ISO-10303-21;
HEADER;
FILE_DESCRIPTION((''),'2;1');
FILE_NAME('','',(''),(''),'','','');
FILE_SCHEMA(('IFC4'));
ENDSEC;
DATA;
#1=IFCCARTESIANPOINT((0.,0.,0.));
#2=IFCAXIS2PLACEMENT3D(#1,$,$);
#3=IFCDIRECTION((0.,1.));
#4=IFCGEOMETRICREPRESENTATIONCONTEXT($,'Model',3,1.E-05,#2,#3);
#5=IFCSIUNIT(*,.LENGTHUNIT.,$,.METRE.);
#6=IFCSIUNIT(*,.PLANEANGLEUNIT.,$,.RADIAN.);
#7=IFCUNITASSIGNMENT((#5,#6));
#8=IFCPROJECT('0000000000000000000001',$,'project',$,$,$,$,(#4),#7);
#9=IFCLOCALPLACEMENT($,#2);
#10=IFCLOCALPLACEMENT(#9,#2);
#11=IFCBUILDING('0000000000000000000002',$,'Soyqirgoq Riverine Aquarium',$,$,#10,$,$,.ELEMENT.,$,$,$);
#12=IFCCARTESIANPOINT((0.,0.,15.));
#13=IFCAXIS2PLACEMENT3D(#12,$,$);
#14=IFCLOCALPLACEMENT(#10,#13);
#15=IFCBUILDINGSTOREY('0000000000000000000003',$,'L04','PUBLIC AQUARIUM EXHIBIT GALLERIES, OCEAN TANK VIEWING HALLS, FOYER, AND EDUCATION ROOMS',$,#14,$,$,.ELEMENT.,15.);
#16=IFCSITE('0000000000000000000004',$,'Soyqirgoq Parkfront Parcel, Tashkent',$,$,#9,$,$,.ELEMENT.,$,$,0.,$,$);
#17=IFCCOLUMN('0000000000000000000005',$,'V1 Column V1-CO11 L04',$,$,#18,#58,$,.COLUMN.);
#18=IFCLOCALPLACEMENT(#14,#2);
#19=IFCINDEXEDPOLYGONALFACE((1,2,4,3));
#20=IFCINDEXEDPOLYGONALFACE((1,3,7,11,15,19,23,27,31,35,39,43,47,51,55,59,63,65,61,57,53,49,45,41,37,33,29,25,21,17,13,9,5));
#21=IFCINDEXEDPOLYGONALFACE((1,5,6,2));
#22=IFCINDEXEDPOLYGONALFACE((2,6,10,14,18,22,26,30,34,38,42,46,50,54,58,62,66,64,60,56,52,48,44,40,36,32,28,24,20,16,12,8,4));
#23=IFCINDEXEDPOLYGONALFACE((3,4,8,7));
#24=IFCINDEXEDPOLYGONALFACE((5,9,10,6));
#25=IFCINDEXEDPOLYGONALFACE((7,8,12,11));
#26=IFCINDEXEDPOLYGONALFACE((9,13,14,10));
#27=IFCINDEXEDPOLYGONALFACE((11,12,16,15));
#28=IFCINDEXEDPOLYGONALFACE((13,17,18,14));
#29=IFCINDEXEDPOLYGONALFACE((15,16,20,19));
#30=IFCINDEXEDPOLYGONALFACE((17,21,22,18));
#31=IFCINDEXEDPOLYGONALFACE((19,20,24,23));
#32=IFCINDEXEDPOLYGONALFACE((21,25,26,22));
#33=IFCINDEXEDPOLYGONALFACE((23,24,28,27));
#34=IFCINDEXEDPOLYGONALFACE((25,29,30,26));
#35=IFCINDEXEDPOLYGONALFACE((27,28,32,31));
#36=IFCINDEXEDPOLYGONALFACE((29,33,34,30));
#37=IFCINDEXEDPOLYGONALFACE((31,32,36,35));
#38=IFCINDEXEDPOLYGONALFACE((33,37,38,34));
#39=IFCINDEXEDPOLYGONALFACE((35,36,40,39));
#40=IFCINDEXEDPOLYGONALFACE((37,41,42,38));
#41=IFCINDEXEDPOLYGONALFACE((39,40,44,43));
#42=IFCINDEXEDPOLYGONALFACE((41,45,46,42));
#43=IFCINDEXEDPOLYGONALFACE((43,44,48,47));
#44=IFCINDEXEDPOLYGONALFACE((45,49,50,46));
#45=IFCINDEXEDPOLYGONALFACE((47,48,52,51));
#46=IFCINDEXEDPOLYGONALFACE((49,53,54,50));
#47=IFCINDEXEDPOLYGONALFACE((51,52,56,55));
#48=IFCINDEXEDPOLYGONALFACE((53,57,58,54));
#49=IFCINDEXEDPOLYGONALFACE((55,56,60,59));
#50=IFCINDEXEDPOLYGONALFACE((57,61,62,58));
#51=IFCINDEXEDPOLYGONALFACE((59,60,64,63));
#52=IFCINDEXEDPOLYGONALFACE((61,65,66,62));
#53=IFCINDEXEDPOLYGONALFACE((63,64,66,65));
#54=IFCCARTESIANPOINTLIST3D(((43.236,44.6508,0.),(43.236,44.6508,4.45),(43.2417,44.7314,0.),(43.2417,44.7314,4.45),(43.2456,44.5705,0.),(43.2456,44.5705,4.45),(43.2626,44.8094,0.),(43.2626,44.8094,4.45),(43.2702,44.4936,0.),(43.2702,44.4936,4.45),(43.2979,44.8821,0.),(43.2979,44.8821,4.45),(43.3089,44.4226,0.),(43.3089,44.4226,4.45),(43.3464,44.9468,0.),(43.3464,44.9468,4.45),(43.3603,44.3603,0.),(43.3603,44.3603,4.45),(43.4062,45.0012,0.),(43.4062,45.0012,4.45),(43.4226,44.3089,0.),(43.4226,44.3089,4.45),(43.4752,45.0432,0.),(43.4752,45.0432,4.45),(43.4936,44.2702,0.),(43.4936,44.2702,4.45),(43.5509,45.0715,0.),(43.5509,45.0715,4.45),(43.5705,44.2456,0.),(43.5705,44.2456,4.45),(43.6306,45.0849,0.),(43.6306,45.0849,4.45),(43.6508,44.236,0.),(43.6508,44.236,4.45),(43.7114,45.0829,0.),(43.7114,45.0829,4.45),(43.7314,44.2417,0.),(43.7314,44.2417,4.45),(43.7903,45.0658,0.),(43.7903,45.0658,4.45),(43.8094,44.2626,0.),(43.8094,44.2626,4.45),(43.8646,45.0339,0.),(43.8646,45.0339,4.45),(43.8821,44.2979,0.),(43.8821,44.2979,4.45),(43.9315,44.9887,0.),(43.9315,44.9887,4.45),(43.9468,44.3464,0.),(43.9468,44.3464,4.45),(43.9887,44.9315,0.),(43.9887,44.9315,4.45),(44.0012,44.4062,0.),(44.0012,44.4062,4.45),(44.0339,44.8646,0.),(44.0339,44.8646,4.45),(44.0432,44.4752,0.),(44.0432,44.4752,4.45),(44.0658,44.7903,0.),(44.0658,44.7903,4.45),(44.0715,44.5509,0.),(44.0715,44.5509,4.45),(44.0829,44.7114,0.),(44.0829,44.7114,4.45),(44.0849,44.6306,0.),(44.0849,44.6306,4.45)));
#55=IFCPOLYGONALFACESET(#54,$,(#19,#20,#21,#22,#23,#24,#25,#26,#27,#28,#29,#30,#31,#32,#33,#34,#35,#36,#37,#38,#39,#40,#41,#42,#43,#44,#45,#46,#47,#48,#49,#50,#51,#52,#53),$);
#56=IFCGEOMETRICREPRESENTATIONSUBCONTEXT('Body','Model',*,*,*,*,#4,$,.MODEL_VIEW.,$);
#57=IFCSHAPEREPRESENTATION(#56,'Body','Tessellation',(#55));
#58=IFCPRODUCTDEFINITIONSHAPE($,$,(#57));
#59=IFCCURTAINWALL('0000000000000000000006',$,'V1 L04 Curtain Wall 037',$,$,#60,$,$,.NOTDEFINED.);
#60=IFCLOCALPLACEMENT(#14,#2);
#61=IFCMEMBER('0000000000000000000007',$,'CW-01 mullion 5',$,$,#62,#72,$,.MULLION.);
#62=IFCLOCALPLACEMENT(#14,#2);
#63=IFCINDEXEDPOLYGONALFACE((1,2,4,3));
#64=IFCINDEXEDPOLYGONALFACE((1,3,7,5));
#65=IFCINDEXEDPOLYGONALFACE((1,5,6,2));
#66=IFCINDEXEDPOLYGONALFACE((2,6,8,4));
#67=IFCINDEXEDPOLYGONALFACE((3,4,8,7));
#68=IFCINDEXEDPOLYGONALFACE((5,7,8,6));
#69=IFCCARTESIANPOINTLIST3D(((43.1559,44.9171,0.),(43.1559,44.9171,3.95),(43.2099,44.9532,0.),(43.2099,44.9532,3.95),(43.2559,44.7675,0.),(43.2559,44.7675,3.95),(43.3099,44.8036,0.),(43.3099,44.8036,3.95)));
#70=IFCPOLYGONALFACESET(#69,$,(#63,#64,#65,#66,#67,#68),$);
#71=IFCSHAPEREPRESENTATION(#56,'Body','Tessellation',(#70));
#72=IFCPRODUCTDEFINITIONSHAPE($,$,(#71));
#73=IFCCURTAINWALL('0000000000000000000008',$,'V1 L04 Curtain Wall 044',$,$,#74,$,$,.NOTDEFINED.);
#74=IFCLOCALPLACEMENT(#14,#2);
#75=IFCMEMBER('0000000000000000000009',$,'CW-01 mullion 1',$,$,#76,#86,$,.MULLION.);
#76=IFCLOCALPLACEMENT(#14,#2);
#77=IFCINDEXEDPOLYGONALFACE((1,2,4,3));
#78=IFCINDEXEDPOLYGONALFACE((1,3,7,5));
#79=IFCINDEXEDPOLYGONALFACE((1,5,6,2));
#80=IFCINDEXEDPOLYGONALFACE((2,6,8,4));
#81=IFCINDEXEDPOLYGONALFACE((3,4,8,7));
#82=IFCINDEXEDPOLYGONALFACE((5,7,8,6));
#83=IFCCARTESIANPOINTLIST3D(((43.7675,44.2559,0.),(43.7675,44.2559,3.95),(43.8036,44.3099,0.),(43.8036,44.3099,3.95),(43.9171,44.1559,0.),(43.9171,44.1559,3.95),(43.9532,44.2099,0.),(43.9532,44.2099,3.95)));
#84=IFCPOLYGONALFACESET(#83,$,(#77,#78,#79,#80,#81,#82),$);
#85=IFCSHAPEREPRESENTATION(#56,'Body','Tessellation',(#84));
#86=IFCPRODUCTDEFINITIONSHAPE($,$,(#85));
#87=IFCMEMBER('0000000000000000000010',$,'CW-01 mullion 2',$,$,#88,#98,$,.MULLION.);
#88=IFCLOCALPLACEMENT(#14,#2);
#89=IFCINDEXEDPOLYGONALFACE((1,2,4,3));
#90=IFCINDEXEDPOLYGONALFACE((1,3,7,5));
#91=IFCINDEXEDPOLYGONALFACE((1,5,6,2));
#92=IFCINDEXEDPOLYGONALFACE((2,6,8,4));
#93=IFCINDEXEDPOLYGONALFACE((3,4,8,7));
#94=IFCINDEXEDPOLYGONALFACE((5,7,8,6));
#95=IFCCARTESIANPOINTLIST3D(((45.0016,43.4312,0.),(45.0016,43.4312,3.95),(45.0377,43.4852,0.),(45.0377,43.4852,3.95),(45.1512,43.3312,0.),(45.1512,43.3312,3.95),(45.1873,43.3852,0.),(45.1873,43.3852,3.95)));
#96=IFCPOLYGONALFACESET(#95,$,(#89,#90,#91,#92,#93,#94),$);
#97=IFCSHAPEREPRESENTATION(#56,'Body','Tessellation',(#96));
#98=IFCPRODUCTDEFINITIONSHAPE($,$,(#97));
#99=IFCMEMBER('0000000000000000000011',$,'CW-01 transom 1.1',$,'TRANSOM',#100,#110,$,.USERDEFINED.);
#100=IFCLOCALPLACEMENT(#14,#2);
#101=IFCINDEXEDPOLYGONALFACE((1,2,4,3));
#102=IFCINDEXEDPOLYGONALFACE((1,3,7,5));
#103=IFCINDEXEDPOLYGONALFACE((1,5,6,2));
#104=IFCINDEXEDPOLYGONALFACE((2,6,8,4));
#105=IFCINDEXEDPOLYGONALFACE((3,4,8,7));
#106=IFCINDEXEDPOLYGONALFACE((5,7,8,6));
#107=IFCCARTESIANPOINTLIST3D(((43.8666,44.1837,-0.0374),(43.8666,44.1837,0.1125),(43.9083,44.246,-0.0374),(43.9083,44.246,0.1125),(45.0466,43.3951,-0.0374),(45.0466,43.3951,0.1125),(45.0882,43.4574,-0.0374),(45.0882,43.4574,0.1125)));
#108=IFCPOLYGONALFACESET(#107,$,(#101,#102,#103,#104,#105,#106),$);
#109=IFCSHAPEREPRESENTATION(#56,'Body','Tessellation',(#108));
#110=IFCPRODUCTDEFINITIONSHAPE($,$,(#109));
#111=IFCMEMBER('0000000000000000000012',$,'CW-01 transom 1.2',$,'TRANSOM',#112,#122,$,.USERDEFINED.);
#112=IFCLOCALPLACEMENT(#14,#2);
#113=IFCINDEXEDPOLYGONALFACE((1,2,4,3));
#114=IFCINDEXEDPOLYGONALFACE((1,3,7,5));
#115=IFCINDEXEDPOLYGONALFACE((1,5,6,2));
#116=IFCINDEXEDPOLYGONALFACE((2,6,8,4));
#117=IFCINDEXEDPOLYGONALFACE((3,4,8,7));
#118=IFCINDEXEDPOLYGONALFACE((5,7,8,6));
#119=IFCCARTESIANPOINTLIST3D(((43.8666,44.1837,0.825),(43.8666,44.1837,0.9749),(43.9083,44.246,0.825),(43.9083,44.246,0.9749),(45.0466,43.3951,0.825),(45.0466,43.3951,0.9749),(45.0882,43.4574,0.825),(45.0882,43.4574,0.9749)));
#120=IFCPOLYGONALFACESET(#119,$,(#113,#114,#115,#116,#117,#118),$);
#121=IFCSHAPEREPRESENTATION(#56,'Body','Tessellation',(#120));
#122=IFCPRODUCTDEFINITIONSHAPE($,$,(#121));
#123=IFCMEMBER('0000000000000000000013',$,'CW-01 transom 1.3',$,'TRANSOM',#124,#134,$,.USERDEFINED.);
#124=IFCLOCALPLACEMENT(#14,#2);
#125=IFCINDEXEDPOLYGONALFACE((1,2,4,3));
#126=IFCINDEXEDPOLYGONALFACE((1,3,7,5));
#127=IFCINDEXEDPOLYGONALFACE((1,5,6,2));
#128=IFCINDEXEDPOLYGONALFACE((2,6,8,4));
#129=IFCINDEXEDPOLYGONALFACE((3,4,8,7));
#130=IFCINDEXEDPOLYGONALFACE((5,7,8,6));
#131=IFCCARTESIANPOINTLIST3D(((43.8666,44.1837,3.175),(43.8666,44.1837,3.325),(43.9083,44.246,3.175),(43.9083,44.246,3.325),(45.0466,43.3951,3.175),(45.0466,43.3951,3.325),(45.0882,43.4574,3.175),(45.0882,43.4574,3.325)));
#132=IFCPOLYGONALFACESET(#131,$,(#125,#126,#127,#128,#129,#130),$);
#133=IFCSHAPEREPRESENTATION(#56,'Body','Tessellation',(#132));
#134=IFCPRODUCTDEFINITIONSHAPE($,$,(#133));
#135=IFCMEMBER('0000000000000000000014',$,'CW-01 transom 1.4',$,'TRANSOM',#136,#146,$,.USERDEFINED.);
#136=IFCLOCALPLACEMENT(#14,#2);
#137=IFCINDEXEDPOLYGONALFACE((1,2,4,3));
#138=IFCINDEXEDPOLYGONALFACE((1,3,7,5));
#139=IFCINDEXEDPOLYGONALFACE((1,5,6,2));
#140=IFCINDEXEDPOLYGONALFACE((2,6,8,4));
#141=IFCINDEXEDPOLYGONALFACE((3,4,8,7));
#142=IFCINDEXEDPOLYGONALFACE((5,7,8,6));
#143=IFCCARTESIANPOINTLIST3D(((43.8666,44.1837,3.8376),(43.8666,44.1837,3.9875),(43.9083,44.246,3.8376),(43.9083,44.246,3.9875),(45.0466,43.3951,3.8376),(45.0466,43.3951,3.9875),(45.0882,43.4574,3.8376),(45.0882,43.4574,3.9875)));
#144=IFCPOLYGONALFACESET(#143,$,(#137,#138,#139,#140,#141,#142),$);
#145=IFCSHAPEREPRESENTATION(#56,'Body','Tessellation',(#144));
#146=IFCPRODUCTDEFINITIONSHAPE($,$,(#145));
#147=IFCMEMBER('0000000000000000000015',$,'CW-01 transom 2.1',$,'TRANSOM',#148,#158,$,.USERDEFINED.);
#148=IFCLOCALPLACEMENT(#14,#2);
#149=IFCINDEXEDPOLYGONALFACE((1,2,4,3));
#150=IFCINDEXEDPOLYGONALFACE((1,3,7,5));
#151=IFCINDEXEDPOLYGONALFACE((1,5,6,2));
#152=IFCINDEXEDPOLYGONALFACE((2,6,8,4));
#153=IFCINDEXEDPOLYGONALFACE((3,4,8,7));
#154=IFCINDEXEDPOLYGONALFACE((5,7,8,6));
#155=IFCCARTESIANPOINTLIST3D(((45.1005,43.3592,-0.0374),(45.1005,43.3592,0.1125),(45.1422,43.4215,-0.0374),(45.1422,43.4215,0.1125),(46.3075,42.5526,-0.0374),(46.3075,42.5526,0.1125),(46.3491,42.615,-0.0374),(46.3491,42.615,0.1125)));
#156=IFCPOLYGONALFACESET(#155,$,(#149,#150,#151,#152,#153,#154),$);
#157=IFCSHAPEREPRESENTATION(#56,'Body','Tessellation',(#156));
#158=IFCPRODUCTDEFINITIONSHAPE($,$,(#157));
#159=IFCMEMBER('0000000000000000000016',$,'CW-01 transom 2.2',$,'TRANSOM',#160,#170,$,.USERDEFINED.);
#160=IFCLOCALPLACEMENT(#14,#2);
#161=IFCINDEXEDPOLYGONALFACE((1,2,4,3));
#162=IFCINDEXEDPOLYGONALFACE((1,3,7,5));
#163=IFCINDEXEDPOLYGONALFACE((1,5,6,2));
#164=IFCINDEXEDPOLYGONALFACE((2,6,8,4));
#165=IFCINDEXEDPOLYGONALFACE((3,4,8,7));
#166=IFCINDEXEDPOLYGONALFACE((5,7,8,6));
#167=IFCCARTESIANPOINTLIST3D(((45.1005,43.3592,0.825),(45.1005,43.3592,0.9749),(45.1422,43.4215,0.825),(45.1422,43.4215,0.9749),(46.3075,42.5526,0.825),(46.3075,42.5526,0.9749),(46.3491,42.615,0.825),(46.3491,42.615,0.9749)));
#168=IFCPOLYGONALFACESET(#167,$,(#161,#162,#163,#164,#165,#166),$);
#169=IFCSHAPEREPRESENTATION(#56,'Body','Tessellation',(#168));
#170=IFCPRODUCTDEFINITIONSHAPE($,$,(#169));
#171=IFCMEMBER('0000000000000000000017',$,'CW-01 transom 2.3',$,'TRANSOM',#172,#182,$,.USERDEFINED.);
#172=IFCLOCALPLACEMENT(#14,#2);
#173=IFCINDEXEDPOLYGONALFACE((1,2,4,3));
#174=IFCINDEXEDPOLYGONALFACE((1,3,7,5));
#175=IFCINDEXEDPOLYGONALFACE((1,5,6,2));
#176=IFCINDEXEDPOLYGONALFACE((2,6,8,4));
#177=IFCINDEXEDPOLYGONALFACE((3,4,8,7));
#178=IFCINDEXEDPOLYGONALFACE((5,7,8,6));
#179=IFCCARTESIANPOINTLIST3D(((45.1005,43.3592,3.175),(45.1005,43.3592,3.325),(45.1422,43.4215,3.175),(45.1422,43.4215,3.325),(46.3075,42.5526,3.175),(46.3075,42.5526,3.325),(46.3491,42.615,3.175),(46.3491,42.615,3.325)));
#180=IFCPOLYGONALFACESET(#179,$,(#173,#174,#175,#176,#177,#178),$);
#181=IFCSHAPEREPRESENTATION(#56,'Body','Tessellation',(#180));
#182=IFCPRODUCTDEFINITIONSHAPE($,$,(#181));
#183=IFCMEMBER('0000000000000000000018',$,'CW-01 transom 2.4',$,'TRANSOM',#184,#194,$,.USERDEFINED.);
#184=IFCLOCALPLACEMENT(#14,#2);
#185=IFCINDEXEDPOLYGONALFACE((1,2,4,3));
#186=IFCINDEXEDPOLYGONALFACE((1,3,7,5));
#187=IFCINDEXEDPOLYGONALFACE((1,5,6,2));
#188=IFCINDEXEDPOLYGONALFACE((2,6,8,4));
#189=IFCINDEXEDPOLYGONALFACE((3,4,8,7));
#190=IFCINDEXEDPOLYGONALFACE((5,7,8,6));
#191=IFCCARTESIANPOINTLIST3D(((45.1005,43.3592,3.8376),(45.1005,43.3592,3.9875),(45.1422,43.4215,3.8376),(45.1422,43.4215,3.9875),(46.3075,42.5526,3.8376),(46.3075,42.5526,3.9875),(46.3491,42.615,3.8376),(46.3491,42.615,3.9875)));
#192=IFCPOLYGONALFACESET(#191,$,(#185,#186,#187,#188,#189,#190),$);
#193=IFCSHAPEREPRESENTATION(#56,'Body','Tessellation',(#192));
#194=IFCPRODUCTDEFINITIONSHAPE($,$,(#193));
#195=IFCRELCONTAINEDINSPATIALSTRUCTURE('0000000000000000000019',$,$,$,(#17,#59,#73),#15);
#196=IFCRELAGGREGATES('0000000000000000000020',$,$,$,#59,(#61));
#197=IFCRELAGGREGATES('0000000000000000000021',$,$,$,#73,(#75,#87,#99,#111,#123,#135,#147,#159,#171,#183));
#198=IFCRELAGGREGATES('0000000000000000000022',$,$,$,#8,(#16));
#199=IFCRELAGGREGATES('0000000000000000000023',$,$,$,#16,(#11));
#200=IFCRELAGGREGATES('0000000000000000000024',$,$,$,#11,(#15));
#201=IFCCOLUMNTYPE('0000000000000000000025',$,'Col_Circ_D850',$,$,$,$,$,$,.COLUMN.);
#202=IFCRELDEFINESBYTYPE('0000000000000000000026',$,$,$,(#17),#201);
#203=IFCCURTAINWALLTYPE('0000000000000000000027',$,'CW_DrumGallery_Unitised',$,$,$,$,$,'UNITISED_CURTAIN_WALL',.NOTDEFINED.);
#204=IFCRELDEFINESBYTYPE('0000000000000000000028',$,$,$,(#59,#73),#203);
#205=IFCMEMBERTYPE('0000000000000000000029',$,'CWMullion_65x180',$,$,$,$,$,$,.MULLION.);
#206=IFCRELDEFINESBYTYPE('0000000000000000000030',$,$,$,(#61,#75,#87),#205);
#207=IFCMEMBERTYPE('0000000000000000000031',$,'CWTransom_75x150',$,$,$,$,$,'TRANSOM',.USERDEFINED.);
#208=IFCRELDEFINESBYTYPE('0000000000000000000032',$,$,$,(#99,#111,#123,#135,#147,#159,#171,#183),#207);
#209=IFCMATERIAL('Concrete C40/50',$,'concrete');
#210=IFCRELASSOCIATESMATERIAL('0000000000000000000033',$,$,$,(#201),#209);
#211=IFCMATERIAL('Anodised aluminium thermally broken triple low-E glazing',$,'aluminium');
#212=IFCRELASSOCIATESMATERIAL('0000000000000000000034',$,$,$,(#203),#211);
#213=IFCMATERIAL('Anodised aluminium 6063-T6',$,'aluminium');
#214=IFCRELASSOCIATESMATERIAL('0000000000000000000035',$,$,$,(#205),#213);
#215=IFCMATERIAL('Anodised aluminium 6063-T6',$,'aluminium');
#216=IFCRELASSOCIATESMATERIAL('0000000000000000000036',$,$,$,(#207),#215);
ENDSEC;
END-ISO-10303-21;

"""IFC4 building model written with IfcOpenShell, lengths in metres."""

from ifc_helpers import new_model, si_unit, direction, frame, origin, origin_2d, place, context, subcontext, project, spatial, rectangle, circle, extrude, material, material_profile, profile_set, type_object, element, aggregate, save


model = new_model("IFC4")

# Units and contexts
model_context = context("Model", 3, precision=1e-05, world=origin(), true_north=direction((0.0, 1.0)))
body_context = subcontext(model_context, "Body", "Model", "MODEL_VIEW")
ifc_project = project(units=[si_unit("LENGTHUNIT", "METRE"), si_unit("PLANEANGLEUNIT", "RADIAN")], contexts=[model_context])

# Site, building, storey
site_placement = place(None, origin())
site = spatial("IfcSite", under=ifc_project, at=site_placement, Name="Soyqirgoq Parkfront Parcel, Tashkent", CompositionType="ELEMENT", RefElevation=0.0)
building_placement = place(site_placement, origin())
building = spatial("IfcBuilding", under=site, at=building_placement, Name="Soyqirgoq Riverine Aquarium", CompositionType="ELEMENT")
storey_placement = place(building_placement, frame((0.0, 0.0, 15.0)))
storey = spatial("IfcBuildingStorey", under=building, at=storey_placement, Name="L04", Description="PUBLIC AQUARIUM EXHIBIT GALLERIES, OCEAN TANK VIEWING HALLS, FOYER, AND EDUCATION ROOMS", CompositionType="ELEMENT", Elevation=15.0)

# Column
ifc_material_1 = material(Name="Concrete C40/50", Category="concrete")
ifc_material_profile_1 = material_profile(ifc_material_1, circle(Radius=0.425, at=origin_2d()), Name="RC-COL D850")
ifc_profile_set_1 = profile_set([ifc_material_profile_1], Name="Concrete C40/50")
column_type = type_object("IfcColumnType", Name="Col_Circ_D850", PredefinedType="COLUMN", material=ifc_profile_set_1)
column_placement = place(storey_placement, frame((43.6609, 44.6609, 0.0), z_axis=(0.0, 0.0, 1.0), x_axis=(-0.707107, -0.707107, 0.0)))
element("IfcColumn", 1, at=column_placement, inside=storey, type_object=column_type, Name="V1 Column V1-CO11 L04", PredefinedType="COLUMN", context=body_context, shape_type="SweptSolid", body=[
    extrude(circle(Radius=0.425, at=origin_2d()), origin(), (0.0, 0.0, 1.0), 4.45),
])

# Curtain wall, member
ifc_material_2 = material(Name="Anodised aluminium thermally broken triple low-E glazing", Category="aluminium")
curtain_wall_type = type_object("IfcCurtainWallType", Name="CW_DrumGallery_Unitised", ElementType="UNITISED_CURTAIN_WALL", PredefinedType="NOTDEFINED", material=ifc_material_2)
curtain_wall_1_placement = place(storey_placement, origin())
curtain_wall_1 = element("IfcCurtainWall", 2, at=curtain_wall_1_placement, inside=storey, type_object=curtain_wall_type, Name="V1 L04 Curtain Wall 037", PredefinedType="NOTDEFINED")
ifc_material_3 = material(Name="Anodised aluminium 6063-T6", Category="aluminium")
ifc_material_profile_2 = material_profile(ifc_material_3, rectangle(XDim=0.0649, YDim=0.1799, at=origin_2d()), Name="ALU-M 65x180")
ifc_profile_set_2 = profile_set([ifc_material_profile_2], Name="Anodised aluminium 6063-T6")
member_type_1 = type_object("IfcMemberType", Name="CWMullion_65x180", PredefinedType="MULLION", material=ifc_profile_set_2)
member_1_placement = place(storey_placement, frame((43.2329, 44.8604, 0.0), z_axis=(0.0, 0.0, 1.0), x_axis=(0.831464, 0.555579, 0.0)))
member_1 = element("IfcMember", 3, at=member_1_placement, type_object=member_type_1, Name="CW-01 mullion 5", PredefinedType="MULLION", context=body_context, shape_type="SweptSolid", body=[
    extrude(rectangle(XDim=0.0649, YDim=0.1799, at=origin_2d()), origin(), (0.0, 0.0, 1.0), 3.95),
])

# Curtain wall, members
curtain_wall_2_placement = place(storey_placement, origin())
curtain_wall_2 = element("IfcCurtainWall", 4, at=curtain_wall_2_placement, inside=storey, type_object=curtain_wall_type, Name="V1 L04 Curtain Wall 044", PredefinedType="NOTDEFINED")
member_2_placement = place(storey_placement, frame((43.8604, 44.2329, 0.0), z_axis=(0.0, 0.0, 1.0), x_axis=(0.555579, 0.831464, 0.0)))
member_2 = element("IfcMember", 5, at=member_2_placement, type_object=member_type_1, Name="CW-01 mullion 1", PredefinedType="MULLION", context=body_context, shape_type="SweptSolid", body=[
    extrude(rectangle(XDim=0.0649, YDim=0.1799, at=origin_2d()), origin(), (0.0, 0.0, 1.0), 3.95),
])
member_3_placement = place(storey_placement, frame((45.0945, 43.4082, 0.0), z_axis=(0.0, 0.0, 1.0), x_axis=(0.555579, 0.831464, 0.0)))
member_3 = element("IfcMember", 6, at=member_3_placement, type_object=member_type_1, Name="CW-01 mullion 2", PredefinedType="MULLION", context=body_context, shape_type="SweptSolid", body=[
    extrude(rectangle(XDim=0.0649, YDim=0.1799, at=origin_2d()), origin(), (0.0, 0.0, 1.0), 3.95),
])
ifc_material_4 = material(Name="Anodised aluminium 6063-T6", Category="aluminium")
ifc_material_profile_3 = material_profile(ifc_material_4, rectangle(XDim=0.075, YDim=0.1499, at=origin_2d()), Name="ALU-T 75x150")
ifc_profile_set_3 = profile_set([ifc_material_profile_3], Name="Anodised aluminium 6063-T6")
member_type_2 = type_object("IfcMemberType", Name="CWTransom_75x150", ElementType="TRANSOM", PredefinedType="USERDEFINED", material=ifc_profile_set_3)
member_4_placement = place(storey_placement, frame((43.8875, 44.2148, 0.0376), z_axis=(0.831415, -0.555653, 0.0), x_axis=(0.555653, 0.831415, 0.0)))
member_4 = element("IfcMember", 7, at=member_4_placement, type_object=member_type_2, Name="CW-01 transom 1.1", ObjectType="TRANSOM", PredefinedType="USERDEFINED", context=body_context, shape_type="SweptSolid", body=[
    extrude(rectangle(XDim=0.075, YDim=0.1499, at=origin_2d()), origin(), (0.0, 0.0, 1.0), 1.4192),
])
member_5_placement = place(storey_placement, frame((43.8875, 44.2148, 0.8999), z_axis=(0.831415, -0.555653, 0.0), x_axis=(0.555653, 0.831415, 0.0)))
member_5 = element("IfcMember", 8, at=member_5_placement, type_object=member_type_2, Name="CW-01 transom 1.2", ObjectType="TRANSOM", PredefinedType="USERDEFINED", context=body_context, shape_type="SweptSolid", body=[
    extrude(rectangle(XDim=0.075, YDim=0.1499, at=origin_2d()), origin(), (0.0, 0.0, 1.0), 1.4192),
])
member_6_placement = place(storey_placement, frame((43.8875, 44.2148, 3.25), z_axis=(0.831415, -0.555653, 0.0), x_axis=(0.555653, 0.831415, 0.0)))
member_6 = element("IfcMember", 9, at=member_6_placement, type_object=member_type_2, Name="CW-01 transom 1.3", ObjectType="TRANSOM", PredefinedType="USERDEFINED", context=body_context, shape_type="SweptSolid", body=[
    extrude(rectangle(XDim=0.075, YDim=0.1499, at=origin_2d()), origin(), (0.0, 0.0, 1.0), 1.4192),
])
member_7_placement = place(storey_placement, frame((43.8875, 44.2148, 3.9126), z_axis=(0.831415, -0.555653, 0.0), x_axis=(0.555653, 0.831415, 0.0)))
member_7 = element("IfcMember", 10, at=member_7_placement, type_object=member_type_2, Name="CW-01 transom 1.4", ObjectType="TRANSOM", PredefinedType="USERDEFINED", context=body_context, shape_type="SweptSolid", body=[
    extrude(rectangle(XDim=0.075, YDim=0.1499, at=origin_2d()), origin(), (0.0, 0.0, 1.0), 1.4192),
])
member_8_placement = place(storey_placement, frame((45.1213, 43.3904, 0.0376), z_axis=(0.831429, -0.555631, 0.0), x_axis=(0.555631, 0.831429, 0.0)))
member_8 = element("IfcMember", 11, at=member_8_placement, type_object=member_type_2, Name="CW-01 transom 2.1", ObjectType="TRANSOM", PredefinedType="USERDEFINED", context=body_context, shape_type="SweptSolid", body=[
    extrude(rectangle(XDim=0.075, YDim=0.1499, at=origin_2d()), origin(), (0.0, 0.0, 1.0), 1.4517),
])
member_9_placement = place(storey_placement, frame((45.1213, 43.3904, 0.8999), z_axis=(0.831429, -0.555631, 0.0), x_axis=(0.555631, 0.831429, 0.0)))
member_9 = element("IfcMember", 12, at=member_9_placement, type_object=member_type_2, Name="CW-01 transom 2.2", ObjectType="TRANSOM", PredefinedType="USERDEFINED", context=body_context, shape_type="SweptSolid", body=[
    extrude(rectangle(XDim=0.075, YDim=0.1499, at=origin_2d()), origin(), (0.0, 0.0, 1.0), 1.4517),
])
member_10_placement = place(storey_placement, frame((45.1213, 43.3904, 3.25), z_axis=(0.831429, -0.555631, 0.0), x_axis=(0.555631, 0.831429, 0.0)))
member_10 = element("IfcMember", 13, at=member_10_placement, type_object=member_type_2, Name="CW-01 transom 2.3", ObjectType="TRANSOM", PredefinedType="USERDEFINED", context=body_context, shape_type="SweptSolid", body=[
    extrude(rectangle(XDim=0.075, YDim=0.1499, at=origin_2d()), origin(), (0.0, 0.0, 1.0), 1.4517),
])
member_11_placement = place(storey_placement, frame((45.1213, 43.3904, 3.9126), z_axis=(0.831429, -0.555631, 0.0), x_axis=(0.555631, 0.831429, 0.0)))
member_11 = element("IfcMember", 14, at=member_11_placement, type_object=member_type_2, Name="CW-01 transom 2.4", ObjectType="TRANSOM", PredefinedType="USERDEFINED", context=body_context, shape_type="SweptSolid", body=[
    extrude(rectangle(XDim=0.075, YDim=0.1499, at=origin_2d()), origin(), (0.0, 0.0, 1.0), 1.4517),
])

aggregate(curtain_wall_1, [member_1])
aggregate(curtain_wall_2, [member_2, member_3, member_4, member_5, member_6, member_7, member_8, member_9, member_10, member_11])

save(model, "model.ifc")
